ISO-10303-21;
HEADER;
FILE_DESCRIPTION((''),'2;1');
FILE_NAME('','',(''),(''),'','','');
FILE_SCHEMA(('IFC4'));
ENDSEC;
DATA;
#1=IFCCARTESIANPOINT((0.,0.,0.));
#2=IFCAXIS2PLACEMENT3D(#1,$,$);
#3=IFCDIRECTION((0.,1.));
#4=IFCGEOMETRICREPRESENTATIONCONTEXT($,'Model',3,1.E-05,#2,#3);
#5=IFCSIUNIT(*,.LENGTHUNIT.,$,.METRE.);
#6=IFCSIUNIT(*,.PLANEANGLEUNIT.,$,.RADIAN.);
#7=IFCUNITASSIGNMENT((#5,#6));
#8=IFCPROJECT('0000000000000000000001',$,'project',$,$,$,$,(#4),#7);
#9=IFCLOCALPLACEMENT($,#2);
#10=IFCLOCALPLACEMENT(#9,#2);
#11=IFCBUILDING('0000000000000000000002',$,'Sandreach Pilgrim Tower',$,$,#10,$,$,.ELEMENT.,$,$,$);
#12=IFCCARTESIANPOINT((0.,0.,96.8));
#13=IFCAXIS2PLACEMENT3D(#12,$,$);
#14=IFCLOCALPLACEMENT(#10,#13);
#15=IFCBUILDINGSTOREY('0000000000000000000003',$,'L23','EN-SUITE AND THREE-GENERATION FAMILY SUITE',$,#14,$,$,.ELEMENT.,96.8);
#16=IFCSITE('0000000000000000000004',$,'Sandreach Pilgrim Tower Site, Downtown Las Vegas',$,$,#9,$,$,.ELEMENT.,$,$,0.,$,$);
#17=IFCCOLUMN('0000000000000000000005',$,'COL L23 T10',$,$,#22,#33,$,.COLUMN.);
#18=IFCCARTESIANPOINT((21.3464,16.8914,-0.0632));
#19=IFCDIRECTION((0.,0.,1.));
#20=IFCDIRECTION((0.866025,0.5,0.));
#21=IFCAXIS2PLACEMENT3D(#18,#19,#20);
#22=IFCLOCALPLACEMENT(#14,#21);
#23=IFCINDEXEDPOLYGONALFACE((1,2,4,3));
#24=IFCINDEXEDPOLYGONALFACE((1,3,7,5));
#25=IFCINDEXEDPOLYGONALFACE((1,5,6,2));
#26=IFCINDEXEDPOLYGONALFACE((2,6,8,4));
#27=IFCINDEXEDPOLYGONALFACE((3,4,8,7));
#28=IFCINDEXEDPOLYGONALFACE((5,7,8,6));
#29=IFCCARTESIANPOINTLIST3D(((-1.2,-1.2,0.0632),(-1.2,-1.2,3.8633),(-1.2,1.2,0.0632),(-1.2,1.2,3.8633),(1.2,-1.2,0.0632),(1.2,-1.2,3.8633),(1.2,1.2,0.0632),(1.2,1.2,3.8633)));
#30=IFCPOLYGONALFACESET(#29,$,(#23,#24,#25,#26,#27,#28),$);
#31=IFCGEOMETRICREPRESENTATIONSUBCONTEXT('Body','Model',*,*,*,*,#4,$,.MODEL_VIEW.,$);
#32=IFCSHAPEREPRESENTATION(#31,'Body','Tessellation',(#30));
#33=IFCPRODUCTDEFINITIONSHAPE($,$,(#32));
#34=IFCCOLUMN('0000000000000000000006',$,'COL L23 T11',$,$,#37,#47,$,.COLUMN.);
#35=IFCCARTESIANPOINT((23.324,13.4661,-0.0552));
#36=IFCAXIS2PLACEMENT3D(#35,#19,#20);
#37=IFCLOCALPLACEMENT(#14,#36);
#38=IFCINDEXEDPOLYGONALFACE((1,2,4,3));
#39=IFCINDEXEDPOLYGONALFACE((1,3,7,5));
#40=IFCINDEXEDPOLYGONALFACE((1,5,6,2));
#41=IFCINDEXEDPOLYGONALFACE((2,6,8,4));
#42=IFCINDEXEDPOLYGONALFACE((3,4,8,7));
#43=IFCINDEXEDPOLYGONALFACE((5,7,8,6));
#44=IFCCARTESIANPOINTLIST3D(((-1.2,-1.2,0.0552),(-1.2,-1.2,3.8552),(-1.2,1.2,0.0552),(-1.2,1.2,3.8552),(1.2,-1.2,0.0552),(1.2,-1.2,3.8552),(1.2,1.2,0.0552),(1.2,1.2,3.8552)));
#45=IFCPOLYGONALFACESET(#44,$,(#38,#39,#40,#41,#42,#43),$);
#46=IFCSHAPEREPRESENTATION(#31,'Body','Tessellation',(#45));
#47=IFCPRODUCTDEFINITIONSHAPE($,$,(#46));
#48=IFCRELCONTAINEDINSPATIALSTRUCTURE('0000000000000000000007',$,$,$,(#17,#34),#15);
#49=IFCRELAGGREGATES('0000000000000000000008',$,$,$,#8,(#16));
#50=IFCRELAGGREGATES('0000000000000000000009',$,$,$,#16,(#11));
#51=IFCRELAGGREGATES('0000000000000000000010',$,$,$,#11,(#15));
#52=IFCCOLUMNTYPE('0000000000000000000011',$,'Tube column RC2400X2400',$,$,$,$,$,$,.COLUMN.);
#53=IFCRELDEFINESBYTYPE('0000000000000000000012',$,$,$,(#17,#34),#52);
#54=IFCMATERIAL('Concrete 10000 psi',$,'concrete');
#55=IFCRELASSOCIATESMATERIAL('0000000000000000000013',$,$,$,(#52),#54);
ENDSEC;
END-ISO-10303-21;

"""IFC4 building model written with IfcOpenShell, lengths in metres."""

from ifc_helpers import new_model, si_unit, direction, frame, origin, origin_2d, place, context, subcontext, project, spatial, rectangle, extrude, clip, halfspace, material, material_profile, profile_set, type_object, element, save


model = new_model("IFC4")

# Units and contexts
model_context = context("Model", 3, precision=1e-05, world=origin(), true_north=direction((0.0, 1.0)))
body_context = subcontext(model_context, "Body", "Model", "MODEL_VIEW")
ifc_project = project(units=[si_unit("LENGTHUNIT", "METRE"), si_unit("PLANEANGLEUNIT", "RADIAN")], contexts=[model_context])

# Site, building, storey
site_placement = place(None, origin())
site = spatial("IfcSite", under=ifc_project, at=site_placement, Name="Sandreach Pilgrim Tower Site, Downtown Las Vegas", CompositionType="ELEMENT", RefElevation=0.0)
building_placement = place(site_placement, origin())
building = spatial("IfcBuilding", under=site, at=building_placement, Name="Sandreach Pilgrim Tower", CompositionType="ELEMENT")
storey_placement = place(building_placement, frame((0.0, 0.0, 96.8)))
storey = spatial("IfcBuildingStorey", under=building, at=storey_placement, Name="L23", Description="EN-SUITE AND THREE-GENERATION FAMILY SUITE", CompositionType="ELEMENT", Elevation=96.8)

# Columns
ifc_material_1 = material(Name="Concrete 10000 psi", Category="concrete")
ifc_material_profile_1 = material_profile(ifc_material_1, rectangle(XDim=2.3999, YDim=2.3999, at=origin_2d()), Name="RC2400X2400")
ifc_profile_set_1 = profile_set([ifc_material_profile_1], Name="Concrete 10000 psi")
column_type = type_object("IfcColumnType", Name="Tube column RC2400X2400", PredefinedType="COLUMN", material=ifc_profile_set_1)
column_1_placement = place(storey_placement, frame((21.3464, 16.8914, -0.0632), z_axis=(0.0, 0.0, 1.0), x_axis=(0.866025, 0.5, 0.0)))
element("IfcColumn", 1, at=column_1_placement, inside=storey, type_object=column_type, Name="COL L23 T10", PredefinedType="COLUMN", context=body_context, shape_type="SweptSolid", body=[
    clip(extrude(rectangle(XDim=2.3999, YDim=2.3999, at=origin_2d()), origin(), (0.0, 0.0, 1.0), 3.8633), halfspace(frame((0.0, 0.0, 0.0632)), True)),
])
column_2_placement = place(storey_placement, frame((23.324, 13.4661, -0.0552), z_axis=(0.0, 0.0, 1.0), x_axis=(0.866025, 0.5, 0.0)))
element("IfcColumn", 2, at=column_2_placement, inside=storey, type_object=column_type, Name="COL L23 T11", PredefinedType="COLUMN", context=body_context, shape_type="SweptSolid", body=[
    clip(extrude(rectangle(XDim=2.3999, YDim=2.3999, at=origin_2d()), origin(), (0.0, 0.0, 1.0), 3.8552), halfspace(frame((0.0, 0.0, 0.0552)), True)),
])

save(model, "model.ifc")
